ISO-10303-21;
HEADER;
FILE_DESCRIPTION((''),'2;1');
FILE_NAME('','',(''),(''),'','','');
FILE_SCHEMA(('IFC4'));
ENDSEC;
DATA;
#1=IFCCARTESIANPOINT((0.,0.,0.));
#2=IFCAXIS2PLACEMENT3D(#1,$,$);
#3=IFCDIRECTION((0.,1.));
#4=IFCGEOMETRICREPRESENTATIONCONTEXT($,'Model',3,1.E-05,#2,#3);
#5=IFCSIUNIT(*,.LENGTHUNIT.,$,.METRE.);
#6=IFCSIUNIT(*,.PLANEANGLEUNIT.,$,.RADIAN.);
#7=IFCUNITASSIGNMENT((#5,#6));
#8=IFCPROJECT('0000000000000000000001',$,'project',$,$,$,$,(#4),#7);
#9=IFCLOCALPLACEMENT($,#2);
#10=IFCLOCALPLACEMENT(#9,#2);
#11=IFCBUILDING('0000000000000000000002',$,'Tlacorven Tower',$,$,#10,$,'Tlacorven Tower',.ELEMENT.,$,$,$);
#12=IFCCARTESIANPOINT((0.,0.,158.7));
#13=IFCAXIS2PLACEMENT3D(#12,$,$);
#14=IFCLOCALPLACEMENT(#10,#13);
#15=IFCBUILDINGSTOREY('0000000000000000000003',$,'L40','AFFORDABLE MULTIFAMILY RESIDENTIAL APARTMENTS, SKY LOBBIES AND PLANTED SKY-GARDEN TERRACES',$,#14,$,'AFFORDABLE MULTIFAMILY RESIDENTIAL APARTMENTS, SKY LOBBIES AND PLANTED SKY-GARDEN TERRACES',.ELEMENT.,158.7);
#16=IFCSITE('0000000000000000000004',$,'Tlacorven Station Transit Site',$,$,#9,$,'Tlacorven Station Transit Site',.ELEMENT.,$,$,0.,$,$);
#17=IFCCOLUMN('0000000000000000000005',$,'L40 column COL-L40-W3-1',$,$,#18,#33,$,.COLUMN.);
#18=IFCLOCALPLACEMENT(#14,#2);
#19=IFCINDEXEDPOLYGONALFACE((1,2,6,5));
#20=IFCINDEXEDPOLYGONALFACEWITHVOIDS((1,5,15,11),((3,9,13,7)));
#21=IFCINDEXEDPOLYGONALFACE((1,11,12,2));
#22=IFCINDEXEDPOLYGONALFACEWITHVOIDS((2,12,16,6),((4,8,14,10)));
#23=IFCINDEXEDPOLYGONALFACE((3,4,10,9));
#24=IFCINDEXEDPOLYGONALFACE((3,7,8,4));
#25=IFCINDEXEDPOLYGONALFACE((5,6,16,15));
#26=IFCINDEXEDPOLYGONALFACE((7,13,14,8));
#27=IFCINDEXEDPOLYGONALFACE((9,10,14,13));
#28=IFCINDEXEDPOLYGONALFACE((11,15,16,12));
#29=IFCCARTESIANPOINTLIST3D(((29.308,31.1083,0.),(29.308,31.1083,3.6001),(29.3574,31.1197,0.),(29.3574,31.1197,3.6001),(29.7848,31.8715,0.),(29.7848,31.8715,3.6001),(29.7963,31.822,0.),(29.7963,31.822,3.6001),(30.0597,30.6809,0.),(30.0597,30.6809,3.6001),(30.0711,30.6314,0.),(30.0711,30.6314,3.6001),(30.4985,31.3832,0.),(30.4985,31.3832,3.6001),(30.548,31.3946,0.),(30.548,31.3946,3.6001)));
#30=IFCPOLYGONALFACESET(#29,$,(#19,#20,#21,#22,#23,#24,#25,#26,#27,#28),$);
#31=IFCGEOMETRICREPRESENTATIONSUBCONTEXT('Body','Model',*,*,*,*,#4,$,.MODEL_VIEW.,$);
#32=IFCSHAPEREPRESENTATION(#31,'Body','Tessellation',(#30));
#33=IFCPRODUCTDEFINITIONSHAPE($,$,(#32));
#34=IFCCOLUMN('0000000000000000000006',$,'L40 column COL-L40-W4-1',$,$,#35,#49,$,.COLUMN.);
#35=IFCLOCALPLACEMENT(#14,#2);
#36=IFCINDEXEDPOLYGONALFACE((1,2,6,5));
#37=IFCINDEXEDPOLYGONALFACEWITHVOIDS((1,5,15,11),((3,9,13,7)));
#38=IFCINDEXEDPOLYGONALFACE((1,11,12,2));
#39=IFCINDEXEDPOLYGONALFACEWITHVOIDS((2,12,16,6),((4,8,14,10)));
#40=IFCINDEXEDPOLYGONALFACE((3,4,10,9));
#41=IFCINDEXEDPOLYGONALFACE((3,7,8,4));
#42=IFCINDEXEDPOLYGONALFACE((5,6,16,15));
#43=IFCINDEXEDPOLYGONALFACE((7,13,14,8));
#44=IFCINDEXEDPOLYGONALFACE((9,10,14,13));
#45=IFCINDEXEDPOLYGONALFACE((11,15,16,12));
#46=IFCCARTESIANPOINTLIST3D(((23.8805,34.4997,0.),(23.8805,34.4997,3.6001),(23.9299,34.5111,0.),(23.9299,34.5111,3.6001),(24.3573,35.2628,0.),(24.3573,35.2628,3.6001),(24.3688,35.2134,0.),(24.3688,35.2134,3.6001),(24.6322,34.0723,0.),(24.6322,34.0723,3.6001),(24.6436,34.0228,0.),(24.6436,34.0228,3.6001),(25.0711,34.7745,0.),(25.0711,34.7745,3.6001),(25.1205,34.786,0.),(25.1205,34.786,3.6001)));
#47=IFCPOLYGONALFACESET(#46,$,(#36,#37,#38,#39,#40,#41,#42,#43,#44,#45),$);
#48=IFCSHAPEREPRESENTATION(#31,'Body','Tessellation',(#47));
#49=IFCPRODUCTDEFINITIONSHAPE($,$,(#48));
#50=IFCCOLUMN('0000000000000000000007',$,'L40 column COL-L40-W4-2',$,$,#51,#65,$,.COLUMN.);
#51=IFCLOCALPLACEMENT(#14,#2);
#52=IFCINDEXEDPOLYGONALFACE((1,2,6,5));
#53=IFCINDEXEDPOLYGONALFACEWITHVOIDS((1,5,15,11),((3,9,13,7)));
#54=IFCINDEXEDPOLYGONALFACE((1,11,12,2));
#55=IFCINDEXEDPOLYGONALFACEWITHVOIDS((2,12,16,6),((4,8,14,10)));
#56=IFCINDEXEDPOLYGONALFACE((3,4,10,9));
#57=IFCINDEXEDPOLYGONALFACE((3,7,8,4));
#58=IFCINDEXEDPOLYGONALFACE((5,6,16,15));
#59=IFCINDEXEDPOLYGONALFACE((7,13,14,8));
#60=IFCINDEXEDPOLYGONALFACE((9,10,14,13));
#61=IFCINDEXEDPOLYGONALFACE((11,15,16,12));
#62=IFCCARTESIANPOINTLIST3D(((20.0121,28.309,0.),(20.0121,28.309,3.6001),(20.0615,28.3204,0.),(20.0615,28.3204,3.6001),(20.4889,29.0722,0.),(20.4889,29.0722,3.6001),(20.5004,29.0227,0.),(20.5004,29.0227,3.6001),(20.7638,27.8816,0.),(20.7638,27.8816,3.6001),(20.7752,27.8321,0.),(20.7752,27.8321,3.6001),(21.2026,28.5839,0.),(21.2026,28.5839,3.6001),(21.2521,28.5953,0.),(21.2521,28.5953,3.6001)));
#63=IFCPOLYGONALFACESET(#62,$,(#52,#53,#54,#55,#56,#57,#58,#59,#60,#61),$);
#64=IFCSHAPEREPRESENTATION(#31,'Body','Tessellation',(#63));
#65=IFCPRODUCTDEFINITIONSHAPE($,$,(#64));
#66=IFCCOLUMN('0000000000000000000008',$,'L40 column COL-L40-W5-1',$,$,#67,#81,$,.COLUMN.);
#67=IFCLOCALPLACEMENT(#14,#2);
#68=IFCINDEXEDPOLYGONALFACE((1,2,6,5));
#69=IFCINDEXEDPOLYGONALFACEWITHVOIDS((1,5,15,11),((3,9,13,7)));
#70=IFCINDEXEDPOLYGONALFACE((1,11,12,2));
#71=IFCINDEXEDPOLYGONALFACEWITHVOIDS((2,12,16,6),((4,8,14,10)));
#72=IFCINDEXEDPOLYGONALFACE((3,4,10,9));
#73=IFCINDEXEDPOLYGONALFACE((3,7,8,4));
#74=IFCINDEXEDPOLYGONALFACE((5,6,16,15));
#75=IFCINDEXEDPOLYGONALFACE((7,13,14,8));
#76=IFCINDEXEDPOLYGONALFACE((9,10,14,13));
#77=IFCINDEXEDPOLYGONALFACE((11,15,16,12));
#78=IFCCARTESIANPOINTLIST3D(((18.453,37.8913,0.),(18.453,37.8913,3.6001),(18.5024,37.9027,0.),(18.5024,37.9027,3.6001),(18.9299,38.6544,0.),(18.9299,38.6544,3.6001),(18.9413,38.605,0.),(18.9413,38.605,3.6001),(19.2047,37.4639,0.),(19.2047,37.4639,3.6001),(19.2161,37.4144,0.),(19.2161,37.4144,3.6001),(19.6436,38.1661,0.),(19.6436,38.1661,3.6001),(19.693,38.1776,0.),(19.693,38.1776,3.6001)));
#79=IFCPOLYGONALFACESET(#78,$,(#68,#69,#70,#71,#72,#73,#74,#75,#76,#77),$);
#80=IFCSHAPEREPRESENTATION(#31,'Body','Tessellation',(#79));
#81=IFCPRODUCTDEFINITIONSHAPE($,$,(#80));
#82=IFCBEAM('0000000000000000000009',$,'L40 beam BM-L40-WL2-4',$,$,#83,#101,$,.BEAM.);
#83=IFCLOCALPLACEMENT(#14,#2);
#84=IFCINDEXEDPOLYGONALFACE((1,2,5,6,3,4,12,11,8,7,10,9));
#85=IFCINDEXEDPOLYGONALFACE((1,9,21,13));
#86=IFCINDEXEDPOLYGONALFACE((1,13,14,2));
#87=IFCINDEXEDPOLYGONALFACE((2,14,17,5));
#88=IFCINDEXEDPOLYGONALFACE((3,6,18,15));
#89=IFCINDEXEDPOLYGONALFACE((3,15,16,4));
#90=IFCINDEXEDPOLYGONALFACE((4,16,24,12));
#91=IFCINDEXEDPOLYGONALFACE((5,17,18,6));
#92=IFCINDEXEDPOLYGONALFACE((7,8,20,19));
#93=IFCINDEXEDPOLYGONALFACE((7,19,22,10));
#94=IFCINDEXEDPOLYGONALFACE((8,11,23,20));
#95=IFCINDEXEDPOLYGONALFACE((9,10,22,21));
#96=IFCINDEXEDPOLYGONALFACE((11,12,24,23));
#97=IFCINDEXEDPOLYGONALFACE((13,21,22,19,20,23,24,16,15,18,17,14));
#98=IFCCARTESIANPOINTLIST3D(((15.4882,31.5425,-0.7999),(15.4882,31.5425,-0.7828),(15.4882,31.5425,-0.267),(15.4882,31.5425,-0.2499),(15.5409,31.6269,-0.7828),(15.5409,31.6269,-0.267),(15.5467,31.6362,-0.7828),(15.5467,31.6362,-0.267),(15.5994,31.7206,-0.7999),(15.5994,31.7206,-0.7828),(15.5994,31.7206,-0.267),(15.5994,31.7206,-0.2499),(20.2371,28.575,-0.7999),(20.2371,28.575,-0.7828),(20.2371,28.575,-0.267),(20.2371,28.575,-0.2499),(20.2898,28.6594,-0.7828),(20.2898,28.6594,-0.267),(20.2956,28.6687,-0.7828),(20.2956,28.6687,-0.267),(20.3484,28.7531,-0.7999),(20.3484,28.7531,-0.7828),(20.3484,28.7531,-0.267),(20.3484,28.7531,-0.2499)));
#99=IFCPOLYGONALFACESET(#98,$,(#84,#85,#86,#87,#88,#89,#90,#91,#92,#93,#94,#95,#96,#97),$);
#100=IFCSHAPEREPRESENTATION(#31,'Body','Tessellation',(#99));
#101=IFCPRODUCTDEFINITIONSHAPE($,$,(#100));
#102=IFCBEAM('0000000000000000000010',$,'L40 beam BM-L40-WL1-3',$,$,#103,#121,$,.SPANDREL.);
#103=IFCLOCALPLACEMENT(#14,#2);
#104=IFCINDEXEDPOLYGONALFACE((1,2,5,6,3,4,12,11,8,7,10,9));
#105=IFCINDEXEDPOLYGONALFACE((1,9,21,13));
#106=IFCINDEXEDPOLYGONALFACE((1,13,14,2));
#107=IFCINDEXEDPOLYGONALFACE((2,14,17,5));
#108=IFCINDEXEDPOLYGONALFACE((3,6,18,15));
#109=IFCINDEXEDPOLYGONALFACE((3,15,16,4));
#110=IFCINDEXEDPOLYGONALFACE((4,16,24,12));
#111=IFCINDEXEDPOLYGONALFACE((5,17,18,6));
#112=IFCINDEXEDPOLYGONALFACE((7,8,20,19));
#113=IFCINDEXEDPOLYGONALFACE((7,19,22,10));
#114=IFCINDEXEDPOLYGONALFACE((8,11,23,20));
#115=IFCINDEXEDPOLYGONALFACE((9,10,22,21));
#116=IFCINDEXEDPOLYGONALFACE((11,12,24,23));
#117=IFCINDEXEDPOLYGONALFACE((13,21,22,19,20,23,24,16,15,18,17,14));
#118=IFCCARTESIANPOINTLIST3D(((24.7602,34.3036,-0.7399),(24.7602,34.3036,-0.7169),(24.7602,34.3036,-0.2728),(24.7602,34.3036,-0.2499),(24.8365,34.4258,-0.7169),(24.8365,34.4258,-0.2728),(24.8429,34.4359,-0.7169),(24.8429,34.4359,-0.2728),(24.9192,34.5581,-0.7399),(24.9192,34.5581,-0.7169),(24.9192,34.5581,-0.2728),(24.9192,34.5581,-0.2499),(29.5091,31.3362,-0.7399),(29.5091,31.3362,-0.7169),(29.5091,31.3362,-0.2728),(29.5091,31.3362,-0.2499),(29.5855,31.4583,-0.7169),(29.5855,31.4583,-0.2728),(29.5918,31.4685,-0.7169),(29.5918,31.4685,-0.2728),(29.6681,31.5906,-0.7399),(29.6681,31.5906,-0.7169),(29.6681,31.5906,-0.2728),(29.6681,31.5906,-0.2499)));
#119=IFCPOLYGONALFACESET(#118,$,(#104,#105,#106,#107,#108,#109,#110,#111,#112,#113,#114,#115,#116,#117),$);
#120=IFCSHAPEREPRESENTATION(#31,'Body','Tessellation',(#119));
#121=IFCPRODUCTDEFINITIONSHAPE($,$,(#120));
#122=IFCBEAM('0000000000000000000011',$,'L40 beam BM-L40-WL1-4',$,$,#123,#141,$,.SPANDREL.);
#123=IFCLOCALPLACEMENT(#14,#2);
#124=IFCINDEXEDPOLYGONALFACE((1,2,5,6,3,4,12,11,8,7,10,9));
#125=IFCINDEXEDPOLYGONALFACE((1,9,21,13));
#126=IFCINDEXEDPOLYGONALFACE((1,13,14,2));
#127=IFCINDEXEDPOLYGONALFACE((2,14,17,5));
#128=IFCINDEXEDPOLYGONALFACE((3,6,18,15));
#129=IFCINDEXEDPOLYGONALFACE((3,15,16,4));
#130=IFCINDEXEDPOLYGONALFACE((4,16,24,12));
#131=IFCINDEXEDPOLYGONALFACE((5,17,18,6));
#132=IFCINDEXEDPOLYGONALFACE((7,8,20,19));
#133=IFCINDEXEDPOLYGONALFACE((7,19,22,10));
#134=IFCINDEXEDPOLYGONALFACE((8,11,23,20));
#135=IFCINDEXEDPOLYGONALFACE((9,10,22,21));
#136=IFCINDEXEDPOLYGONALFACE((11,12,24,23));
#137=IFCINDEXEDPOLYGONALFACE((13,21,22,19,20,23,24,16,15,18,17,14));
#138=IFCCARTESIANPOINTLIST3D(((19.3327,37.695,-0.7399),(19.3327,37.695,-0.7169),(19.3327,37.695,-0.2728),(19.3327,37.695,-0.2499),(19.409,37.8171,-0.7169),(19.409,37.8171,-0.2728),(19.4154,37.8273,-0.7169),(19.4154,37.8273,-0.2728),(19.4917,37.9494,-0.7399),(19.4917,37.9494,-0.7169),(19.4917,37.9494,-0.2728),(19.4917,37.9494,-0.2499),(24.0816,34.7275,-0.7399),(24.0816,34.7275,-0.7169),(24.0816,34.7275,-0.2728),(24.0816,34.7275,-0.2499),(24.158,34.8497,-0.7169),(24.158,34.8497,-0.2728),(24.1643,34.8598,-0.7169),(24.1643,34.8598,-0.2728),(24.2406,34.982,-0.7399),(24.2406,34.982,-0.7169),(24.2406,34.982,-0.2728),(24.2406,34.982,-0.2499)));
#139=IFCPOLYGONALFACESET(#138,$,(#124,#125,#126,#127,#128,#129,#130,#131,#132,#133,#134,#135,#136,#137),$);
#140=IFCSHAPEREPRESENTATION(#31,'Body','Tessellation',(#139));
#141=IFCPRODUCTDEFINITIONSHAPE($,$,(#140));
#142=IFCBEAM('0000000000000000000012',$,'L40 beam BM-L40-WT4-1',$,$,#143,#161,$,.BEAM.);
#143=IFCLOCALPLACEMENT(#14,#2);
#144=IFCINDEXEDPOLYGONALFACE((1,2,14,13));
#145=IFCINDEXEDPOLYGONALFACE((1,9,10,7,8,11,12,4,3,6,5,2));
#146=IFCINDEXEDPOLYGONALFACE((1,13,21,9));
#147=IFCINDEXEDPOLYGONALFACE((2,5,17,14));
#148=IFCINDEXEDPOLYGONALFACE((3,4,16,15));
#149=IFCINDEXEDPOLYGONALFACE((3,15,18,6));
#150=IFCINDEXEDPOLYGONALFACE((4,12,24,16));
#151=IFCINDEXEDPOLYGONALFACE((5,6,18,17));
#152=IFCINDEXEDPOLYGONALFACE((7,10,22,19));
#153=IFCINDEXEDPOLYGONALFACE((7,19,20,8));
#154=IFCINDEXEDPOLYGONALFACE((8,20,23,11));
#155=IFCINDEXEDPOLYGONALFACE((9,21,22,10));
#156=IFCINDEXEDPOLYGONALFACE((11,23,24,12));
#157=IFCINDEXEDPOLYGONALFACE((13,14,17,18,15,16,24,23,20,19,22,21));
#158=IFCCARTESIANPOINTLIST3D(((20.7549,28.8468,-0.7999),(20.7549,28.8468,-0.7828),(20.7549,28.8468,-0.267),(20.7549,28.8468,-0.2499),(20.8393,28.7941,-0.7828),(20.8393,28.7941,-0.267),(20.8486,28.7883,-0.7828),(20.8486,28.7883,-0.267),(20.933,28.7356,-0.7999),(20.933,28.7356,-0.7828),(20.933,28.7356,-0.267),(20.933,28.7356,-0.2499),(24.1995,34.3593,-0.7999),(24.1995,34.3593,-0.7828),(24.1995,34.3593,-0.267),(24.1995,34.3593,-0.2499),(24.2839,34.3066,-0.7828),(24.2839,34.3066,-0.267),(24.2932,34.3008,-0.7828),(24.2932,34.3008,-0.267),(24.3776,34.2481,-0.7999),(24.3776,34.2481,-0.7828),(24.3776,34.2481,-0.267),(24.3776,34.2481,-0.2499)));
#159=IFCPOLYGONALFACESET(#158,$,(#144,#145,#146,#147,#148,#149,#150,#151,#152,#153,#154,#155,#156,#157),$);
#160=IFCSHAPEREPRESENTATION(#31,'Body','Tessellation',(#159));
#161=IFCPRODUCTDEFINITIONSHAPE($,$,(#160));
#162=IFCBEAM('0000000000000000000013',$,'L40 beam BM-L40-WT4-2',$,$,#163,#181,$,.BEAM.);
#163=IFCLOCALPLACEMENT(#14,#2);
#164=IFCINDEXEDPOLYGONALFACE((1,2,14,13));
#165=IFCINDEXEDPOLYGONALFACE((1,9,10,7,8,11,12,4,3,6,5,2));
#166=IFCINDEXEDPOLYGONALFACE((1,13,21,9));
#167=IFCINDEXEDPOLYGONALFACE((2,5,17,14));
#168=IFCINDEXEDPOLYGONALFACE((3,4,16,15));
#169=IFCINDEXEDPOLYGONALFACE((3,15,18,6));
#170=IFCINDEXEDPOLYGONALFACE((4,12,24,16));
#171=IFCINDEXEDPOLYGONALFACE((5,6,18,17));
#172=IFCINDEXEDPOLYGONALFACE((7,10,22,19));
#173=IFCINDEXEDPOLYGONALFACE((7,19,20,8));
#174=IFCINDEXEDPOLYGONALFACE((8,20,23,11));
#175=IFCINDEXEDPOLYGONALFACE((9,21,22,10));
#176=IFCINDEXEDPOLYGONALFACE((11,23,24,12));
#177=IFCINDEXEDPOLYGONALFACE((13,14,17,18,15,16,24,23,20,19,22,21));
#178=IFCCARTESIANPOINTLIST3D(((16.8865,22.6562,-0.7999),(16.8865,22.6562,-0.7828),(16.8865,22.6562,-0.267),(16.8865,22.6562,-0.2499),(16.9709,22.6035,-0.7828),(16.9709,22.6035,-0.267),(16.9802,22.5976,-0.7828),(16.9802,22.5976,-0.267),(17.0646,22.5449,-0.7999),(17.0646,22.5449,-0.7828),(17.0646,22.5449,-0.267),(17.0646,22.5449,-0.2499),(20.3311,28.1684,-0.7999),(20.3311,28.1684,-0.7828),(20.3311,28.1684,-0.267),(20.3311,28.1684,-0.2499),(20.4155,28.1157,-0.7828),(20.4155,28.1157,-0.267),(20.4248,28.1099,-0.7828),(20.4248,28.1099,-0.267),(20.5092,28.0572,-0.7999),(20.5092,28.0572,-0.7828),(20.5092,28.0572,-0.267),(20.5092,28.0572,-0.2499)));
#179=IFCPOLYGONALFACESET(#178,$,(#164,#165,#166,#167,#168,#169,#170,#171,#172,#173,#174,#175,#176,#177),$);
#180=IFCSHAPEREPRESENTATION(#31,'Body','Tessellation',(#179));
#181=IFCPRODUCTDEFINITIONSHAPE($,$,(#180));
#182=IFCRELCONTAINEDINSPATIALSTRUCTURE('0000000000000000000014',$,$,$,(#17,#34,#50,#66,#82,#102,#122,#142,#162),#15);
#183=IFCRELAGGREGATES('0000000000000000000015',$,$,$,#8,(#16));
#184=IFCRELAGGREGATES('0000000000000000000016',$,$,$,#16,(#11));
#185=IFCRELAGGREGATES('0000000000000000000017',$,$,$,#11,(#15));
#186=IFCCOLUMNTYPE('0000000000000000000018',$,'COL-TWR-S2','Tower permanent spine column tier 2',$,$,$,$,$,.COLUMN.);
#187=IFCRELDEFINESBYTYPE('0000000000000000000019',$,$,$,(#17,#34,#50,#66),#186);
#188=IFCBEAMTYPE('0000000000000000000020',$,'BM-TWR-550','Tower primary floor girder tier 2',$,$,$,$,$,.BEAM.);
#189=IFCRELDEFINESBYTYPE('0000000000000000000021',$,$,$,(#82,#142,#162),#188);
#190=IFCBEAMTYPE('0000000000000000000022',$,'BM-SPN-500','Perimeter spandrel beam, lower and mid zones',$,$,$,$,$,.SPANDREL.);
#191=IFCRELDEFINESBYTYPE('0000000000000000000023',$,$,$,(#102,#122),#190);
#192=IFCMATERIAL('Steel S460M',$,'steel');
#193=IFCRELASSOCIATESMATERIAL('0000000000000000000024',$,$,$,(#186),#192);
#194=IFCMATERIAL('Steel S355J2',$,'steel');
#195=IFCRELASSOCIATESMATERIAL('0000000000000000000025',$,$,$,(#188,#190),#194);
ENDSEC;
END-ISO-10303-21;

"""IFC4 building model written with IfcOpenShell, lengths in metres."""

from ifc_helpers import new_model, si_unit, direction, frame, origin, origin_2d, place, context, subcontext, project, spatial, hollow_rectangle, i_section, extrude, source, transform, mapped, material, material_profile, profile_set, type_object, element, save


model = new_model("IFC4")

# Units and contexts
model_context = context("Model", 3, precision=1e-05, world=origin(), true_north=direction((0.0, 1.0)))
body_context = subcontext(model_context, "Body", "Model", "MODEL_VIEW")
ifc_project = project(units=[si_unit("LENGTHUNIT", "METRE"), si_unit("PLANEANGLEUNIT", "RADIAN")], contexts=[model_context])

# Site, building, storey
site_placement = place(None, origin())
site = spatial("IfcSite", under=ifc_project, at=site_placement, Name="Tlacorven Station Transit Site", LongName="Tlacorven Station Transit Site", CompositionType="ELEMENT", RefElevation=0.0)
building_placement = place(site_placement, origin())
building = spatial("IfcBuilding", under=site, at=building_placement, Name="Tlacorven Tower", LongName="Tlacorven Tower", CompositionType="ELEMENT")
storey_placement = place(building_placement, frame((0.0, 0.0, 158.7)))
storey = spatial("IfcBuildingStorey", under=building, at=storey_placement, Name="L40", Description="AFFORDABLE MULTIFAMILY RESIDENTIAL APARTMENTS, SKY LOBBIES AND PLANTED SKY-GARDEN TERRACES", LongName="AFFORDABLE MULTIFAMILY RESIDENTIAL APARTMENTS, SKY LOBBIES AND PLANTED SKY-GARDEN TERRACES", CompositionType="ELEMENT", Elevation=158.7)

# Columns
ifc_material_1 = material(Name="Steel S460M", Category="steel")
ifc_material_profile_1 = material_profile(ifc_material_1, hollow_rectangle(XDim=0.8999, YDim=0.8999, WallThickness=0.0359, at=origin_2d()), Name="BOX 900X900X36")
ifc_profile_set_1 = profile_set([ifc_material_profile_1], Name="Steel S460M")
column_type = type_object("IfcColumnType", Name="COL-TWR-S2", Description="Tower permanent spine column tier 2", PredefinedType="COLUMN", material=ifc_profile_set_1)
shared_shape_1 = source(origin(), body_context, "Body", "SweptSolid", [
    extrude(hollow_rectangle(XDim=0.8999, YDim=0.8999, WallThickness=0.0359, at=origin_2d()), origin(), (0.0, 0.0, 1.0), 3.6001),
])
for number, where, z_axis, x_axis, name in (
    (1, (29.928, 31.2515, 0.0), (0.0, 0.0, 1.0), (-0.848048, 0.529919, 0.0), "L40 column COL-L40-W3-1"),
    (2, (24.5005, 34.6428, 0.0), (0.0, 0.0, 1.0), (-0.848048, 0.529919, 0.0), "L40 column COL-L40-W4-1"),
    (3, (20.6321, 28.4521, 0.0), (0.0, 0.0, 1.0), (-0.848048, 0.529919, 0.0), "L40 column COL-L40-W4-2"),
    (4, (19.073, 38.0344, 0.0), (0.0, 0.0, 1.0), (-0.848048, 0.529919, 0.0), "L40 column COL-L40-W5-1"),
):
    element("IfcColumn", number, at=place(storey_placement, frame(where, z_axis=z_axis, x_axis=x_axis)), inside=storey, type_object=column_type, Name=name, PredefinedType="COLUMN", context=body_context, shape_type="MappedRepresentation", body=[
        mapped(shared_shape_1, transform((0.0, 0.0, 0.0), scale=1.0)),
    ])

# Beams
ifc_material_2 = material(Name="Steel S355J2", Category="steel")
ifc_material_profile_2 = material_profile(ifc_material_2, i_section(OverallWidth=0.21, OverallDepth=0.55, WebThickness=0.011, FlangeThickness=0.0171, at=origin_2d()), Name="IPE 550")
ifc_profile_set_2 = profile_set([ifc_material_profile_2], Name="Steel S355J2")
beam_type_1 = type_object("IfcBeamType", Name="BM-TWR-550", Description="Tower primary floor girder tier 2", PredefinedType="BEAM", material=ifc_profile_set_2)
shared_shape_2 = source(origin(), body_context, "Body", "SweptSolid", [
    extrude(i_section(OverallWidth=0.21, OverallDepth=0.55, WebThickness=0.011, FlangeThickness=0.0171, at=origin_2d()), origin(), (0.0, 0.0, 1.0), 5.5999),
])
beam_1_placement = place(storey_placement, frame((20.2927, 28.6641, -0.5249), z_axis=(-0.848047, 0.529921, 0.0), x_axis=(-0.529921, -0.848047, 0.0)))
element("IfcBeam", 5, at=beam_1_placement, inside=storey, type_object=beam_type_1, Name="L40 beam BM-L40-WL2-4", PredefinedType="BEAM", context=body_context, shape_type="MappedRepresentation", body=[
    mapped(shared_shape_2, transform((0.0, 0.0, 0.0), scale=1.0)),
])
ifc_material_profile_3 = material_profile(ifc_material_2, i_section(OverallWidth=0.3, OverallDepth=0.49, WebThickness=0.012, FlangeThickness=0.0229, at=origin_2d()), Name="HEA 500")
ifc_profile_set_3 = profile_set([ifc_material_profile_3], Name="Steel S355J2")
beam_type_2 = type_object("IfcBeamType", Name="BM-SPN-500", Description="Perimeter spandrel beam, lower and mid zones", PredefinedType="SPANDREL", material=ifc_profile_set_3)
shared_shape_3 = source(origin(), body_context, "Body", "SweptSolid", [
    extrude(i_section(OverallWidth=0.3, OverallDepth=0.49, WebThickness=0.012, FlangeThickness=0.0229, at=origin_2d()), origin(), (0.0, 0.0, 1.0), 5.5999),
])
for number, where, z_axis, x_axis, name in (
    (6, (29.5886, 31.4634, -0.4949), (-0.848047, 0.529921, 0.0), (-0.529921, -0.848047, 0.0), "L40 beam BM-L40-WL1-3"),
    (7, (24.1611, 34.8547, -0.4949), (-0.848047, 0.529921, 0.0), (-0.529921, -0.848047, 0.0), "L40 beam BM-L40-WL1-4"),
):
    element("IfcBeam", number, at=place(storey_placement, frame(where, z_axis=z_axis, x_axis=x_axis)), inside=storey, type_object=beam_type_2, Name=name, PredefinedType="SPANDREL", context=body_context, shape_type="MappedRepresentation", body=[
        mapped(shared_shape_3, transform((0.0, 0.0, 0.0), scale=1.0)),
    ])
shared_shape_4 = source(origin(), body_context, "Body", "SweptSolid", [
    extrude(i_section(OverallWidth=0.21, OverallDepth=0.55, WebThickness=0.011, FlangeThickness=0.0171, at=origin_2d()), origin(), (0.0, 0.0, 1.0), 6.5002),
])
beam_2_placement = place(storey_placement, frame((24.2886, 34.3037, -0.5249), z_axis=(-0.529921, -0.848047, 0.0), x_axis=(0.848047, -0.529921, 0.0)))
element("IfcBeam", 8, at=beam_2_placement, inside=storey, type_object=beam_type_1, Name="L40 beam BM-L40-WT4-1", PredefinedType="BEAM", context=body_context, shape_type="MappedRepresentation", body=[
    mapped(shared_shape_4, transform((0.0, 0.0, 0.0), scale=1.0)),
])
shared_shape_5 = source(origin(), body_context, "Body", "SweptSolid", [
    extrude(i_section(OverallWidth=0.21, OverallDepth=0.55, WebThickness=0.011, FlangeThickness=0.0171, at=origin_2d()), origin(), (0.0, 0.0, 1.0), 6.5),
])
beam_3_placement = place(storey_placement, frame((20.4202, 28.1128, -0.5249), z_axis=(-0.529938, -0.848036, 0.0), x_axis=(0.848036, -0.529938, 0.0)))
element("IfcBeam", 9, at=beam_3_placement, inside=storey, type_object=beam_type_1, Name="L40 beam BM-L40-WT4-2", PredefinedType="BEAM", context=body_context, shape_type="MappedRepresentation", body=[
    mapped(shared_shape_5, transform((0.0, 0.0, 0.0), scale=1.0)),
])

save(model, "model.ifc")
